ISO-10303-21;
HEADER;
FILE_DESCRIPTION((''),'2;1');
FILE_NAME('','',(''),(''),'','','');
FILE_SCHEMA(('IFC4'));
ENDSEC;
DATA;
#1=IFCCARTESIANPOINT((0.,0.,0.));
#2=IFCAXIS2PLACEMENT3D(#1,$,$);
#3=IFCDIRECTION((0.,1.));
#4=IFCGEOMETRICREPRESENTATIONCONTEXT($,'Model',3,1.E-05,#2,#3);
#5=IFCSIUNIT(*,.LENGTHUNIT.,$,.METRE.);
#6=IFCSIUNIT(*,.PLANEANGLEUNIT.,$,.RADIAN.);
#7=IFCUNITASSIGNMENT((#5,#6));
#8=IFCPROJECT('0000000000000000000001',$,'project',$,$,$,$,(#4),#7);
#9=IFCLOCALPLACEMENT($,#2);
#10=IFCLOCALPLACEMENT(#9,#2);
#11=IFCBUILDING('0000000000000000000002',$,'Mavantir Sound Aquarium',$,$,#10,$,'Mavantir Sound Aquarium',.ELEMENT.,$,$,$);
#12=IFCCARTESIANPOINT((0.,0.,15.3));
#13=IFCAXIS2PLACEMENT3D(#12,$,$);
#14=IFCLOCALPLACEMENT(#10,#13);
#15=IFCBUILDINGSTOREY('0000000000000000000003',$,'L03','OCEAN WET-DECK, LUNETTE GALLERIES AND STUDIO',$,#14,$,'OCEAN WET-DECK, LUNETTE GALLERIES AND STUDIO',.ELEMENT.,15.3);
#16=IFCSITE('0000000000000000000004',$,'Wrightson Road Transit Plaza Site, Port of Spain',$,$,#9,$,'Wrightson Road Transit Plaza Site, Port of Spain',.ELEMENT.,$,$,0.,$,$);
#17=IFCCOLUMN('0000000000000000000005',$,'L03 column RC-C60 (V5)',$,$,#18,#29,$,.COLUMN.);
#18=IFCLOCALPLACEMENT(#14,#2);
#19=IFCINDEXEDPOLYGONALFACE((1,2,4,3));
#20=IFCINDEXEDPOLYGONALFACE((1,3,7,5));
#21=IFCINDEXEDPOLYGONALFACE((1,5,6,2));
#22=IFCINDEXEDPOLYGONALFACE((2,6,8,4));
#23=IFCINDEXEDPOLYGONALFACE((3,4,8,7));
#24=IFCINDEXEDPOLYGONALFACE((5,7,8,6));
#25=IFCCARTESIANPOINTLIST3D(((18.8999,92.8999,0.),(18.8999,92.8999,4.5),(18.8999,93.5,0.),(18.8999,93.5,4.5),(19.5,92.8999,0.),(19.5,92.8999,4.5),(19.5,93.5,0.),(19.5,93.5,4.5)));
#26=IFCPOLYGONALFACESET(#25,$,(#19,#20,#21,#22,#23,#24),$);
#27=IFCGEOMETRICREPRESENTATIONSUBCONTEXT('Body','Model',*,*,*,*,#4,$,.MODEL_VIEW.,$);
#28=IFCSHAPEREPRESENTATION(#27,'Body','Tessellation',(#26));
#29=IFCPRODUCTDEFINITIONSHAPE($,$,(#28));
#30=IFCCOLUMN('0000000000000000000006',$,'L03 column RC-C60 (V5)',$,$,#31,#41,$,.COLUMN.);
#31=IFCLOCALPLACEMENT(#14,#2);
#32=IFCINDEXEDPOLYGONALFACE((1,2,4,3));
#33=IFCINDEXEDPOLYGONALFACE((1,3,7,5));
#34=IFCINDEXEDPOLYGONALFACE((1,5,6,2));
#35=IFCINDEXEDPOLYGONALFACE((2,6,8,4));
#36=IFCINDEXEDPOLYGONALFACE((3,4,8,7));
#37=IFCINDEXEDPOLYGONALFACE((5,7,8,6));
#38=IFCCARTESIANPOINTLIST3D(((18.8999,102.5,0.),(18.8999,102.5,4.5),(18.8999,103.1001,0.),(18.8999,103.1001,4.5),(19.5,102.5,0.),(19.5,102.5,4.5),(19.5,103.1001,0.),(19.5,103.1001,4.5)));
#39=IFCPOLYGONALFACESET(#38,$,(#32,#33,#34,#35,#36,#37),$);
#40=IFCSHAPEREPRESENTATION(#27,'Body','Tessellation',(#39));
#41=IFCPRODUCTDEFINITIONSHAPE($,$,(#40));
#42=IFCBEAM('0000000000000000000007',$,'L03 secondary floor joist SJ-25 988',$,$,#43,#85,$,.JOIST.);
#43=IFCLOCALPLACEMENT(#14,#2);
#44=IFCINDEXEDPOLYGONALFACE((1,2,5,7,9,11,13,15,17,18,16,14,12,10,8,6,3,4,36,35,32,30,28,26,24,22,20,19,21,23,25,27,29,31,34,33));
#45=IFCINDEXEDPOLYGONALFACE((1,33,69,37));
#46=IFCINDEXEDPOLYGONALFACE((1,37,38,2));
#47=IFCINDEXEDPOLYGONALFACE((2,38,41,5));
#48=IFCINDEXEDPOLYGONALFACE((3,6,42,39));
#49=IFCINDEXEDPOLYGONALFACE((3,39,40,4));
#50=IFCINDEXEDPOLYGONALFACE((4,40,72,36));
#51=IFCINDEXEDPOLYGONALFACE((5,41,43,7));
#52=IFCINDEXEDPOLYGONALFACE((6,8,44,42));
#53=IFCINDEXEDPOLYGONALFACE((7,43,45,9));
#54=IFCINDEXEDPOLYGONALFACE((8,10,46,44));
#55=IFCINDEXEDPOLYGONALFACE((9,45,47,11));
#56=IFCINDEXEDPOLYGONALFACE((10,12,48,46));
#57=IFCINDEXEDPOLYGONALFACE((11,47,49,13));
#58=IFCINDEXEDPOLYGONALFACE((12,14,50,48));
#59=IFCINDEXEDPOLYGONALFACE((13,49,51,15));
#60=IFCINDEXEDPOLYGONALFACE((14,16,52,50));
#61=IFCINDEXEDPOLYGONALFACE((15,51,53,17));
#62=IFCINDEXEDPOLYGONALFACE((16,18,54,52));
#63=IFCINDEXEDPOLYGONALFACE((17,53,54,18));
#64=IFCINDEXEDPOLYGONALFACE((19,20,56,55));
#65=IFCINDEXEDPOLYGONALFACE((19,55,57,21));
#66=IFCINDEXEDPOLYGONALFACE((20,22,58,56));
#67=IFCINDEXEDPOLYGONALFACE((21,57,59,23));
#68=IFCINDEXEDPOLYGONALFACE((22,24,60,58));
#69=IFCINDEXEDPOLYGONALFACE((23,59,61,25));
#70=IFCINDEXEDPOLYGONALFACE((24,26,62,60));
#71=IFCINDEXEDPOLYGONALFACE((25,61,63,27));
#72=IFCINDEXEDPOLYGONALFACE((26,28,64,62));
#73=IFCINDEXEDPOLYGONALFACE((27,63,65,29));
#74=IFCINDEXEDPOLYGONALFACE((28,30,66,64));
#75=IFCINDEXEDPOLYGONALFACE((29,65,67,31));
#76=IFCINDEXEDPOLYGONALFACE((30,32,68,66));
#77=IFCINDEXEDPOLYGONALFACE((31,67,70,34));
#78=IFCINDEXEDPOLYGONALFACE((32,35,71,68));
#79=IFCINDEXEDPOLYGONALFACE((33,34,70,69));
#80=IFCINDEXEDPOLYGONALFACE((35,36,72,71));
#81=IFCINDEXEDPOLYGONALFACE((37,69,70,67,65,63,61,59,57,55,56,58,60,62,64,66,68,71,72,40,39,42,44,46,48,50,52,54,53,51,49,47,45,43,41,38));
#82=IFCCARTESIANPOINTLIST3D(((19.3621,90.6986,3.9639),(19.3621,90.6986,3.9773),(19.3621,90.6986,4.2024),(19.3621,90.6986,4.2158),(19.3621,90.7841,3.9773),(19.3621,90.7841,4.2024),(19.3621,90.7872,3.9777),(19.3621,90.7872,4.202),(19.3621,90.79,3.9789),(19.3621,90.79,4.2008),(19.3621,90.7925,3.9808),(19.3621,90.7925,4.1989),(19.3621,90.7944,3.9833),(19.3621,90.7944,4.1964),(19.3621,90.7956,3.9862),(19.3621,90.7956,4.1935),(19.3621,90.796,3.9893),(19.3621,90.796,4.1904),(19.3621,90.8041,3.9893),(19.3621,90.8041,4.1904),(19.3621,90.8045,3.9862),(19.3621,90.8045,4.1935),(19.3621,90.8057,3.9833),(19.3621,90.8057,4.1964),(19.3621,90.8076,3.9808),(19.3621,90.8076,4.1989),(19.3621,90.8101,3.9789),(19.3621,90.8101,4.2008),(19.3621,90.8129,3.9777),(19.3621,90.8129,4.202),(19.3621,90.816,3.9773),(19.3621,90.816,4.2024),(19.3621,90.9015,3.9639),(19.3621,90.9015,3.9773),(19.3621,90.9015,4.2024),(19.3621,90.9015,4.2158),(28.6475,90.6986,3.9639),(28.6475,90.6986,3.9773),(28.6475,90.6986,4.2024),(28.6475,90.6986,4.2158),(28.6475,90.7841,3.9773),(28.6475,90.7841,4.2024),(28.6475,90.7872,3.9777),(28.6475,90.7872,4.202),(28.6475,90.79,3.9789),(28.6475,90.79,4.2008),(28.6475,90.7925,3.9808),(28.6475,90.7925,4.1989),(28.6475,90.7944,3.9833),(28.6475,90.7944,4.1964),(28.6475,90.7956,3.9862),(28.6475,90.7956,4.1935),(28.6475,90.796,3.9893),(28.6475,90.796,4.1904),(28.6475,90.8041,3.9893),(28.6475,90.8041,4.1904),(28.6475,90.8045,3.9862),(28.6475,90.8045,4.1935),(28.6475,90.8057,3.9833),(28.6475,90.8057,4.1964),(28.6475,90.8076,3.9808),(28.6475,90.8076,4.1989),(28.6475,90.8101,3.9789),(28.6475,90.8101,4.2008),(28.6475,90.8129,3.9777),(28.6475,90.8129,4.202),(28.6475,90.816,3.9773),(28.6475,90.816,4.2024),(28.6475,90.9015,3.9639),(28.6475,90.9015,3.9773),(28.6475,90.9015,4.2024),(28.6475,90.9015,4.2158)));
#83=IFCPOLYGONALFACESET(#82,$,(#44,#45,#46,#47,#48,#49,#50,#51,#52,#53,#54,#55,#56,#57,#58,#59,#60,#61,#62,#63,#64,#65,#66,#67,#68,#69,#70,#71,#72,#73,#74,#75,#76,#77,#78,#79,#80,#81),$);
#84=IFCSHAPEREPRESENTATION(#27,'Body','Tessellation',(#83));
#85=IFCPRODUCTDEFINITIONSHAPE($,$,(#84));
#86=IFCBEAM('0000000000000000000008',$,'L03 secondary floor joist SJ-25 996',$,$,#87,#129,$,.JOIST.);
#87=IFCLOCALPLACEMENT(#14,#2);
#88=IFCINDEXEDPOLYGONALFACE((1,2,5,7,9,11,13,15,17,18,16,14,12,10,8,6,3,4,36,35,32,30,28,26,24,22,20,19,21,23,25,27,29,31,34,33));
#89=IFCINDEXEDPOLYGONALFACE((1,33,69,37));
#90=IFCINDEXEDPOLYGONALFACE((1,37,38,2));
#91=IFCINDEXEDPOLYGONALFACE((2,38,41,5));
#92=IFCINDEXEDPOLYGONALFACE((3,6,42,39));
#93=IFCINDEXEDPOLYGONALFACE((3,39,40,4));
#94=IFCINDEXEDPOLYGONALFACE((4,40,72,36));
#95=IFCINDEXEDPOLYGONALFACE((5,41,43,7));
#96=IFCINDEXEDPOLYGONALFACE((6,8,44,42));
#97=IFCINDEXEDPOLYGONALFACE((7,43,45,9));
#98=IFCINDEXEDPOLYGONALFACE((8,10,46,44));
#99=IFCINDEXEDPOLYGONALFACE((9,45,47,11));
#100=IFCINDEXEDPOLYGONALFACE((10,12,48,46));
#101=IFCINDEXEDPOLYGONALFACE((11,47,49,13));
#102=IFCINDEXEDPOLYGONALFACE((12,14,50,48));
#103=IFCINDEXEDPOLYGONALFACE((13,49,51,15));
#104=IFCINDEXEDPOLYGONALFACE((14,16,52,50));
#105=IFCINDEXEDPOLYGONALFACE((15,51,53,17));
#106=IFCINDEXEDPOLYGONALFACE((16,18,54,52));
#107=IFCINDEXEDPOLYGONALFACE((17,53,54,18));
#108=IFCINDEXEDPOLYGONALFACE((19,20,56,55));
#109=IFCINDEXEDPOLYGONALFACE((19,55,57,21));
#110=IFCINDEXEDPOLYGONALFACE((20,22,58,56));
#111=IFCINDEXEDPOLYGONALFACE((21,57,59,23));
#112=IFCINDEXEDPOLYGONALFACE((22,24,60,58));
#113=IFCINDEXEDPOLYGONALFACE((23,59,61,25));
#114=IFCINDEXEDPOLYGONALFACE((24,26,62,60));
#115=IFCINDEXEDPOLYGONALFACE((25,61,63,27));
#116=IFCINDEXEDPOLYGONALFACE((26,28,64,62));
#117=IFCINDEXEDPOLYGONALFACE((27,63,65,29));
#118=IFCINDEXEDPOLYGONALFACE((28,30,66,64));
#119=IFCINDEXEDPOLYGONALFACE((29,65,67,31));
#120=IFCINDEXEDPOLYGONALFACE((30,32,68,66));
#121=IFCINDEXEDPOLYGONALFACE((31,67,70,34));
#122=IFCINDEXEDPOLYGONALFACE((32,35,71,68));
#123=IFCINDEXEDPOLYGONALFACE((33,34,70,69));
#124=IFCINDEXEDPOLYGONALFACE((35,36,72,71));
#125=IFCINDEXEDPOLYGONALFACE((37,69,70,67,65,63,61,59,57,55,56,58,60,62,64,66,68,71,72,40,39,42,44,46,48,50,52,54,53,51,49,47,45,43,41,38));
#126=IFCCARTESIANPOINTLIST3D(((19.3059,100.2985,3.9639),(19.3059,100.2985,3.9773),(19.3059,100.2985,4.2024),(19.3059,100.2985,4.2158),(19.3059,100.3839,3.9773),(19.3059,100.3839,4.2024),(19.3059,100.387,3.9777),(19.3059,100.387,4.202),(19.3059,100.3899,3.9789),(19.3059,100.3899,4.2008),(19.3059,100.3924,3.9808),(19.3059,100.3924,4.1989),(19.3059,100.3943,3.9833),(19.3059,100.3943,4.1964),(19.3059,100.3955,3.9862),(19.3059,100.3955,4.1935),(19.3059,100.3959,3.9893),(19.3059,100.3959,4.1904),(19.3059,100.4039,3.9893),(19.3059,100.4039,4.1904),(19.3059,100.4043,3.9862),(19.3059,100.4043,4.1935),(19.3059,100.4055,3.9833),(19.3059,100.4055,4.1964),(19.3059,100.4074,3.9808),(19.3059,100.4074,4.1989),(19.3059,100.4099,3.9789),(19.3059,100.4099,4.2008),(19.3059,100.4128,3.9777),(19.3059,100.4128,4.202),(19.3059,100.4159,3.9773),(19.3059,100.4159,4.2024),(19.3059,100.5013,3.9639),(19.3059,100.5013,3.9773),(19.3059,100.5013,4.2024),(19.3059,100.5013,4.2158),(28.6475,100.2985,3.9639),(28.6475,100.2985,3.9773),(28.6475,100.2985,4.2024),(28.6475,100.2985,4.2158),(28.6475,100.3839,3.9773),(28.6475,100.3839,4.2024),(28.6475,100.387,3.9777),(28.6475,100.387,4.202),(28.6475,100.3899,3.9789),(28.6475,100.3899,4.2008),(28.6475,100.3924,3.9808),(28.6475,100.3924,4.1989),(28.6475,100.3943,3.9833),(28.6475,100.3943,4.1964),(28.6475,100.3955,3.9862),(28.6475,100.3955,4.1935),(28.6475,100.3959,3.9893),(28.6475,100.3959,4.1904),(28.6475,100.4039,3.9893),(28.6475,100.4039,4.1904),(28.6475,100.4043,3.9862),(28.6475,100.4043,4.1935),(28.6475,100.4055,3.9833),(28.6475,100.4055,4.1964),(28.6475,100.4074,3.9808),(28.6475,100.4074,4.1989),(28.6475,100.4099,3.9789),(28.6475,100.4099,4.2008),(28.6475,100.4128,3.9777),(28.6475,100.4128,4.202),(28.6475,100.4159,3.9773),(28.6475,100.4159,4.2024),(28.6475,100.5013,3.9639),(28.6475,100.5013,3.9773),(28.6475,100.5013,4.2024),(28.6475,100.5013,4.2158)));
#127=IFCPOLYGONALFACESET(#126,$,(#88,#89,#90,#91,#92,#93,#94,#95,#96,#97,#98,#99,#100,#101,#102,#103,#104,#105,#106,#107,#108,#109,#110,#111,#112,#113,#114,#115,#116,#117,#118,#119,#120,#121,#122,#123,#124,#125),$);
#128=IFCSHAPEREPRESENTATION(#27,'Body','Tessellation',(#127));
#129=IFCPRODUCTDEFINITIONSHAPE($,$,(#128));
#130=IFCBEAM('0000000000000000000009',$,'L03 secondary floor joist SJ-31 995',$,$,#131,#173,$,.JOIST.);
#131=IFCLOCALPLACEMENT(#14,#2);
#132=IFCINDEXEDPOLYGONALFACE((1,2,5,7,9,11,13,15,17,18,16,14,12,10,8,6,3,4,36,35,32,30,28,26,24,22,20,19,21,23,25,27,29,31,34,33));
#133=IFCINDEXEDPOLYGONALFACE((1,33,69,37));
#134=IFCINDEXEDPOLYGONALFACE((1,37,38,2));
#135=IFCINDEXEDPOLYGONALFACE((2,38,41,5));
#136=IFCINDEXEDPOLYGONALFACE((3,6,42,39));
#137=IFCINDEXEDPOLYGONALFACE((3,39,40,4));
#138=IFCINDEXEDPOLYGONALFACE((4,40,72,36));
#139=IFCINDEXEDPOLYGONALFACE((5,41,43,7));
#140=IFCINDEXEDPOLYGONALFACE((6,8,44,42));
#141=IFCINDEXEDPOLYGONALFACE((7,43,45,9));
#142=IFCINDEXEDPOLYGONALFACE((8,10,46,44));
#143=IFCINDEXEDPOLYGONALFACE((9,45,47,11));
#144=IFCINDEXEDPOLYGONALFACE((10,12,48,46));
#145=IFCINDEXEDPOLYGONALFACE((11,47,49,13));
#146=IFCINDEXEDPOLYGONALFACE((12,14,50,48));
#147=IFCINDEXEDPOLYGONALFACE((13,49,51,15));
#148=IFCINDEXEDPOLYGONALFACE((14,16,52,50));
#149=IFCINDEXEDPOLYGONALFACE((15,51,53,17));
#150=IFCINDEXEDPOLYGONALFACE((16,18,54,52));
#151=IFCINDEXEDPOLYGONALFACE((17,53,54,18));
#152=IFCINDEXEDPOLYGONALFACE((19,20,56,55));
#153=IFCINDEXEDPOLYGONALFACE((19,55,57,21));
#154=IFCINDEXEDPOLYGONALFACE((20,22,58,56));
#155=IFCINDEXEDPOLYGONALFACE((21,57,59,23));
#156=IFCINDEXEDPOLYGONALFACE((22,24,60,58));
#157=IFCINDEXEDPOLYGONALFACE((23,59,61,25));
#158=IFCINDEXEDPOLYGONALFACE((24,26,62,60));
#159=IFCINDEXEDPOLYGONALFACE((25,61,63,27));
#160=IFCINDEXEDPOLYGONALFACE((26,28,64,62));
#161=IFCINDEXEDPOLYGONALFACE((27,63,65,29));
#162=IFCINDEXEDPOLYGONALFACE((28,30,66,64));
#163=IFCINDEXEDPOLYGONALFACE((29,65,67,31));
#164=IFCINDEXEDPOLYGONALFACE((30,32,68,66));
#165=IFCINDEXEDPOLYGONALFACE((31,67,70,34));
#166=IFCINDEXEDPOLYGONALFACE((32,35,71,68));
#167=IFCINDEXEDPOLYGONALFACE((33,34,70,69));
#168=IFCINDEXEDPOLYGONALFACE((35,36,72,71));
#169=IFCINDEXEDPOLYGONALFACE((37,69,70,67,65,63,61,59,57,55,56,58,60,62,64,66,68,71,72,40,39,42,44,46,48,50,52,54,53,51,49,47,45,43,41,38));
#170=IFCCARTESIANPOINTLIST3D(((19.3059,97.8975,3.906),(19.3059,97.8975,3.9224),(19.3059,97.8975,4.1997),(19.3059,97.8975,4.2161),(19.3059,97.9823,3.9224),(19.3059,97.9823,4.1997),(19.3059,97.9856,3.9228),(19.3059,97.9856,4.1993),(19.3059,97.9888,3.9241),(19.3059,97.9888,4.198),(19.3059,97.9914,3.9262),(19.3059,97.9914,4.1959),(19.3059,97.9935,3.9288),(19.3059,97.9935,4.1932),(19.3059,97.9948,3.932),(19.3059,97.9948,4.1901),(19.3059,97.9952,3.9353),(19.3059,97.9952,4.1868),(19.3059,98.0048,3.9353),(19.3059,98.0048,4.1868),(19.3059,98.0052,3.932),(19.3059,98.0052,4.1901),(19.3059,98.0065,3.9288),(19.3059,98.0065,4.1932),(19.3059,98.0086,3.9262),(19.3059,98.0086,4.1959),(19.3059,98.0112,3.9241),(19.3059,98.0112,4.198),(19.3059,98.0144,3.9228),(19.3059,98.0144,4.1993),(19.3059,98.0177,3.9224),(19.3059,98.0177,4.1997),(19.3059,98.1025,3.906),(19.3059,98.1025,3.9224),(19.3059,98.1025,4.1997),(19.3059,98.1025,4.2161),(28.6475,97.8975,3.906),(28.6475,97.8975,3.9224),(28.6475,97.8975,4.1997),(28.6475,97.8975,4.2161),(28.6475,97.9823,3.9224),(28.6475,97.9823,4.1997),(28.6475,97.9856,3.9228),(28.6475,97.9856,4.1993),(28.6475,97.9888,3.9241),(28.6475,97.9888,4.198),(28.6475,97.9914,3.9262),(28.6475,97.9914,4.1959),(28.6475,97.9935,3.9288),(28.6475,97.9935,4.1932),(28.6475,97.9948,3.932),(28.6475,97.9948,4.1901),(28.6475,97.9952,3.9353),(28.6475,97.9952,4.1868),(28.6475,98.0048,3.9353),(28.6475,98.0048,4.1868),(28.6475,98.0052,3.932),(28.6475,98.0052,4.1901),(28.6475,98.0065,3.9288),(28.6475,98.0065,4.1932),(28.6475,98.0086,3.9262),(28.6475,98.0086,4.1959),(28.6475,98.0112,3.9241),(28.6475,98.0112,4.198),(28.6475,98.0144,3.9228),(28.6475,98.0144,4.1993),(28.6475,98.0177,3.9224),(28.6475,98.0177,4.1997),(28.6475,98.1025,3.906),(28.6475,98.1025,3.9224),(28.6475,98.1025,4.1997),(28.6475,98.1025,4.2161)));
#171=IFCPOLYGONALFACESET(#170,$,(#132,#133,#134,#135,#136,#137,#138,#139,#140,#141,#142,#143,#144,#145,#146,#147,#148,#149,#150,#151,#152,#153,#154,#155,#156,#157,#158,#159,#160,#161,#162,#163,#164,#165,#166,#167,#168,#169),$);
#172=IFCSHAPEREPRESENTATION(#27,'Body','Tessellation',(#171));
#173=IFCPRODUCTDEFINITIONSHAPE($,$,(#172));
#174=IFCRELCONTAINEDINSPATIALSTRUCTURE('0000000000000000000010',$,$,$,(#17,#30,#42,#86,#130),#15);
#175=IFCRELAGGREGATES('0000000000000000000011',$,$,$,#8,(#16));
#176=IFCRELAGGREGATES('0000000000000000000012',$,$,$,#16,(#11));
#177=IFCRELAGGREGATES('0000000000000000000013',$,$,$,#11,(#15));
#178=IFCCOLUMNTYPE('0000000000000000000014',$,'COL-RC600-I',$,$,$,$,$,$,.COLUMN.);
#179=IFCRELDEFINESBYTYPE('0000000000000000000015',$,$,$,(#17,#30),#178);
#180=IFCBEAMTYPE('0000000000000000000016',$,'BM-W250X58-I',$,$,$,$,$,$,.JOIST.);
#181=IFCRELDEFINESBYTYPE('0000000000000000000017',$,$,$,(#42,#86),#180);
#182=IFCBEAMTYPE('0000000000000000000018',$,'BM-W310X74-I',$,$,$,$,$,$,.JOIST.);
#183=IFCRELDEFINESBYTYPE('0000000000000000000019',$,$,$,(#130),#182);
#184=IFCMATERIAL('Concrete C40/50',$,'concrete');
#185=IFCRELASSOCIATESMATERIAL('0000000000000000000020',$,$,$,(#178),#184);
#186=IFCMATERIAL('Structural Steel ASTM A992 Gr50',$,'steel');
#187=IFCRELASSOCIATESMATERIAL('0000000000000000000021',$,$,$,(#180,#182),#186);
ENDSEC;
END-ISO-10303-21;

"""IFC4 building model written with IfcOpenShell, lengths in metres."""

from ifc_helpers import new_model, si_unit, direction, frame, origin, origin_2d, place, context, subcontext, project, spatial, rectangle, i_section, extrude, material, material_profile, profile_set, type_object, element, save


model = new_model("IFC4")

# Units and contexts
model_context = context("Model", 3, precision=1e-05, world=origin(), true_north=direction((0.0, 1.0)))
body_context = subcontext(model_context, "Body", "Model", "MODEL_VIEW")
ifc_project = project(units=[si_unit("LENGTHUNIT", "METRE"), si_unit("PLANEANGLEUNIT", "RADIAN")], contexts=[model_context])

# Site, building, storey
site_placement = place(None, origin())
site = spatial("IfcSite", under=ifc_project, at=site_placement, Name="Wrightson Road Transit Plaza Site, Port of Spain", LongName="Wrightson Road Transit Plaza Site, Port of Spain", CompositionType="ELEMENT", RefElevation=0.0)
building_placement = place(site_placement, origin())
building = spatial("IfcBuilding", under=site, at=building_placement, Name="Mavantir Sound Aquarium", LongName="Mavantir Sound Aquarium", CompositionType="ELEMENT")
storey_placement = place(building_placement, frame((0.0, 0.0, 15.3)))
storey = spatial("IfcBuildingStorey", under=building, at=storey_placement, Name="L03", Description="OCEAN WET-DECK, LUNETTE GALLERIES AND STUDIO", LongName="OCEAN WET-DECK, LUNETTE GALLERIES AND STUDIO", CompositionType="ELEMENT", Elevation=15.3)

# Columns
ifc_material_1 = material(Name="Concrete C40/50", Category="concrete")
ifc_material_profile_1 = material_profile(ifc_material_1, rectangle(XDim=0.6001, YDim=0.6001, at=origin_2d()), Name="RC 600X600")
ifc_profile_set_1 = profile_set([ifc_material_profile_1], Name="Concrete C40/50")
column_type = type_object("IfcColumnType", Name="COL-RC600-I", PredefinedType="COLUMN", material=ifc_profile_set_1)
for number, where, z_axis, x_axis, name in (
    (1, (19.2, 93.2, 0.0), (0.0, 0.0, 1.0), (1.0, 0.0, 0.0), "L03 column RC-C60 (V5)"),
    (2, (19.2, 102.8, 0.0), (0.0, 0.0, 1.0), (1.0, 0.0, 0.0), "L03 column RC-C60 (V5)"),
):
    element("IfcColumn", number, at=place(storey_placement, frame(where, z_axis=z_axis, x_axis=x_axis)), inside=storey, type_object=column_type, Name=name, PredefinedType="COLUMN", context=body_context, shape_type="SweptSolid", body=[
        extrude(rectangle(XDim=0.6001, YDim=0.6001, at=origin_2d()), origin(), (0.0, 0.0, 1.0), 4.5),
    ])

# Beams
ifc_material_2 = material(Name="Structural Steel ASTM A992 Gr50", Category="steel")
ifc_material_profile_2 = material_profile(ifc_material_2, i_section(OverallWidth=0.2029, OverallDepth=0.252, WebThickness=0.0081, FlangeThickness=0.0134, FilletRadius=0.012, at=origin_2d()), Name="W250X58")
ifc_profile_set_2 = profile_set([ifc_material_profile_2], Name="Structural Steel ASTM A992 Gr50")
beam_type_1 = type_object("IfcBeamType", Name="BM-W250X58-I", PredefinedType="JOIST", material=ifc_profile_set_2)
beam_1_placement = place(storey_placement, frame((19.3621, 90.8, 4.0898), z_axis=(1.0, 0.0, 0.0), x_axis=(0.0, 1.0, 0.0)))
element("IfcBeam", 3, at=beam_1_placement, inside=storey, type_object=beam_type_1, Name="L03 secondary floor joist SJ-25 988", PredefinedType="JOIST", context=body_context, shape_type="SweptSolid", body=[
    extrude(i_section(OverallWidth=0.2029, OverallDepth=0.252, WebThickness=0.0081, FlangeThickness=0.0134, FilletRadius=0.012, at=origin_2d()), origin(), (0.0, 0.0, 1.0), 9.2854),
])
beam_2_placement = place(storey_placement, frame((19.3059, 100.3999, 4.0898), z_axis=(1.0, 0.0, 0.0), x_axis=(0.0, 1.0, 0.0)))
element("IfcBeam", 4, at=beam_2_placement, inside=storey, type_object=beam_type_1, Name="L03 secondary floor joist SJ-25 996", PredefinedType="JOIST", context=body_context, shape_type="SweptSolid", body=[
    extrude(i_section(OverallWidth=0.2029, OverallDepth=0.252, WebThickness=0.0081, FlangeThickness=0.0134, FilletRadius=0.012, at=origin_2d()), origin(), (0.0, 0.0, 1.0), 9.3416),
])
ifc_material_profile_3 = material_profile(ifc_material_2, i_section(OverallWidth=0.2051, OverallDepth=0.3101, WebThickness=0.0095, FlangeThickness=0.0164, FilletRadius=0.0129, at=origin_2d()), Name="W310X74")
ifc_profile_set_3 = profile_set([ifc_material_profile_3], Name="Structural Steel ASTM A992 Gr50")
beam_type_2 = type_object("IfcBeamType", Name="BM-W310X74-I", PredefinedType="JOIST", material=ifc_profile_set_3)
beam_3_placement = place(storey_placement, frame((19.3059, 98.0, 4.061), z_axis=(1.0, 0.0, 0.0), x_axis=(0.0, 1.0, 0.0)))
element("IfcBeam", 5, at=beam_3_placement, inside=storey, type_object=beam_type_2, Name="L03 secondary floor joist SJ-31 995", PredefinedType="JOIST", context=body_context, shape_type="SweptSolid", body=[
    extrude(i_section(OverallWidth=0.2051, OverallDepth=0.3101, WebThickness=0.0095, FlangeThickness=0.0164, FilletRadius=0.0129, at=origin_2d()), origin(), (0.0, 0.0, 1.0), 9.3416),
])

save(model, "model.ifc")
